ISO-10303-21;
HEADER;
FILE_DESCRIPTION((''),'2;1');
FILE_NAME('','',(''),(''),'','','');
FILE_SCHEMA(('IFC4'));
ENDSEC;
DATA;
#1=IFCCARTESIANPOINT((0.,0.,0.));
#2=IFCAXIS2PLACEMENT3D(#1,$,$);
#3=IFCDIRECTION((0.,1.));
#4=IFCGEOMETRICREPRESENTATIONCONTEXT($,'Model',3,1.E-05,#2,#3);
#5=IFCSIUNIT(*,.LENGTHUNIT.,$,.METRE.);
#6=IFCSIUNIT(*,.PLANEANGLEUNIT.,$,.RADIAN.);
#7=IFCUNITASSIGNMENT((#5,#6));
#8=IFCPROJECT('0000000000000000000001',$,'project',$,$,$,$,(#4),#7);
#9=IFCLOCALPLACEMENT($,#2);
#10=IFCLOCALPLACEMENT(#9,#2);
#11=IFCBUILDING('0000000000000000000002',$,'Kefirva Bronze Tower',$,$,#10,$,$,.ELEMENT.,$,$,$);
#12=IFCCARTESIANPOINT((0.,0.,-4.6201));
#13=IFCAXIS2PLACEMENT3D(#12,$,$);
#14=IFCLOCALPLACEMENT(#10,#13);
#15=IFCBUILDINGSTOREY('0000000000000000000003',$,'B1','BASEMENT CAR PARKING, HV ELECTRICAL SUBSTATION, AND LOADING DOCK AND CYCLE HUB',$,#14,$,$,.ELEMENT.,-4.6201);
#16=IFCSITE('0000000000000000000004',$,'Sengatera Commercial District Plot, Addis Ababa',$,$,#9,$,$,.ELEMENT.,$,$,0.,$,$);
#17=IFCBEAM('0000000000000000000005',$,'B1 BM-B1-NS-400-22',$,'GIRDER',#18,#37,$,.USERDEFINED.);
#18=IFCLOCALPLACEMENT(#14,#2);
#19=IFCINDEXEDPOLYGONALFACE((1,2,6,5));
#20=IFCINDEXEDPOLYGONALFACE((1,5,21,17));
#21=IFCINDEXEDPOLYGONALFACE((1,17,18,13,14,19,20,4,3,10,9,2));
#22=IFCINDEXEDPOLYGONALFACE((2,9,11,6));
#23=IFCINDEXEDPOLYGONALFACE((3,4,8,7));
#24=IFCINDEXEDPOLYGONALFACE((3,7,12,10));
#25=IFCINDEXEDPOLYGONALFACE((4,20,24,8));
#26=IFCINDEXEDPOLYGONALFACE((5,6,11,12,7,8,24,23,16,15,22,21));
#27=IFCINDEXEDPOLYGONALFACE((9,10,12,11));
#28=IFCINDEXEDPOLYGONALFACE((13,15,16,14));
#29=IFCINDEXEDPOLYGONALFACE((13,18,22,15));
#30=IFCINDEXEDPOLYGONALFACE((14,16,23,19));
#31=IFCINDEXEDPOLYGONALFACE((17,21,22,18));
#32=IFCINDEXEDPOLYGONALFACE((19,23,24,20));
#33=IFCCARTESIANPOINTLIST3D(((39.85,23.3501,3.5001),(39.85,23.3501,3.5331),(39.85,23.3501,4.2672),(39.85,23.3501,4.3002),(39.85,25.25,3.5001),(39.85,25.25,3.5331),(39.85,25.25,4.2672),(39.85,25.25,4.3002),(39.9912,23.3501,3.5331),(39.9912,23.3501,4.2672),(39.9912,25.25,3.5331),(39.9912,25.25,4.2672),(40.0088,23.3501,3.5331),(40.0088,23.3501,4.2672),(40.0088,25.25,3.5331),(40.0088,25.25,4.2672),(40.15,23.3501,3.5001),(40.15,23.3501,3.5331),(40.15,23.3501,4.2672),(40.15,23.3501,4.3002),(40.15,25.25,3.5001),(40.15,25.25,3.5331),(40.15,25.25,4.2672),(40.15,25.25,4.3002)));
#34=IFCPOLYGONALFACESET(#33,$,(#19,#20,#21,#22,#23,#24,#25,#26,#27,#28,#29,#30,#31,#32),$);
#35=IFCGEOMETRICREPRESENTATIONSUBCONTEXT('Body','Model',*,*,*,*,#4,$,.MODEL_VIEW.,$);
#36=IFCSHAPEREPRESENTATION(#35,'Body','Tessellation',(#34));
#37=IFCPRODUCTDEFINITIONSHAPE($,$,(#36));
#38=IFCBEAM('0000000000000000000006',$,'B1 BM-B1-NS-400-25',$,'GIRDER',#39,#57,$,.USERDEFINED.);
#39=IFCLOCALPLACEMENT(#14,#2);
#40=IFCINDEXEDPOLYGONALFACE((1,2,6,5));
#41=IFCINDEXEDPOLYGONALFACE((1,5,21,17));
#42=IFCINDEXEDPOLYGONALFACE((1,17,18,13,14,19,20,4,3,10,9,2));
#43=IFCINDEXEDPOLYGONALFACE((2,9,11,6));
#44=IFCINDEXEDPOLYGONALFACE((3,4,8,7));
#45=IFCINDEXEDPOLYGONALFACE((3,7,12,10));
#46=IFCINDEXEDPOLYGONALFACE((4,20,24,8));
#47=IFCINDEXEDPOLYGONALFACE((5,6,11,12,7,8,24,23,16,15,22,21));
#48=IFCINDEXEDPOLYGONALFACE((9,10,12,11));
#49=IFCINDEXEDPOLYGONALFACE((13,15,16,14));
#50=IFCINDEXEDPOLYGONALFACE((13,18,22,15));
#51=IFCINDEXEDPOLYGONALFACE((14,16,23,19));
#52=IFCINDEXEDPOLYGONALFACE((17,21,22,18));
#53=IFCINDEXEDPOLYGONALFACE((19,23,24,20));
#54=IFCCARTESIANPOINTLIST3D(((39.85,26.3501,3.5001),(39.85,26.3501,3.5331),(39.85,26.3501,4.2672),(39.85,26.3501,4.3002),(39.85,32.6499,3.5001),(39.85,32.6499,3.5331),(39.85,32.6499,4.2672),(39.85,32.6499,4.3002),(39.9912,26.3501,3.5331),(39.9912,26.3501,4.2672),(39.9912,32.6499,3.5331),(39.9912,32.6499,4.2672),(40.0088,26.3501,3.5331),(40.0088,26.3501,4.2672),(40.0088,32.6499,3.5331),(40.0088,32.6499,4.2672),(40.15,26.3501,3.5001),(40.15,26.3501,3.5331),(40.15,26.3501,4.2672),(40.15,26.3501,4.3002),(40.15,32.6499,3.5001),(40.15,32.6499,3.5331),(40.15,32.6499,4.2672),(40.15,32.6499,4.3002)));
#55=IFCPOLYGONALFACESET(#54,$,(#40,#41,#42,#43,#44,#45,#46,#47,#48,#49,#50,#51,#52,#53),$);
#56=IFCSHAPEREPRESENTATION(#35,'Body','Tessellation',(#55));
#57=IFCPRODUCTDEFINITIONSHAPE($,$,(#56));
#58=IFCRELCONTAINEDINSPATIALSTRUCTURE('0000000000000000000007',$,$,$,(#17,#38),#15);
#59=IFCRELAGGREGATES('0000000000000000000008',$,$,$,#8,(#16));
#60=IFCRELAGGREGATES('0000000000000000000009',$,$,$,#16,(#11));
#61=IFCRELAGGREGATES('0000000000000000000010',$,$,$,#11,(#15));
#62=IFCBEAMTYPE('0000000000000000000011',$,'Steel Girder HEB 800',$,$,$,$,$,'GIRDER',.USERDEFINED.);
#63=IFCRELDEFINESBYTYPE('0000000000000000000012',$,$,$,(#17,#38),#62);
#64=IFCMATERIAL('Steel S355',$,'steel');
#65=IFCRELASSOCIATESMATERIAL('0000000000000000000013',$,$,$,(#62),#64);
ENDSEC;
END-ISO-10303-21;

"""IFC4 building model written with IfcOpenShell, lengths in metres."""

from ifc_helpers import new_model, si_unit, direction, frame, origin, origin_2d, place, context, subcontext, project, spatial, i_section, extrude, material, material_profile, profile_set, type_object, element, save


model = new_model("IFC4")

# Units and contexts
model_context = context("Model", 3, precision=1e-05, world=origin(), true_north=direction((0.0, 1.0)))
body_context = subcontext(model_context, "Body", "Model", "MODEL_VIEW")
ifc_project = project(units=[si_unit("LENGTHUNIT", "METRE"), si_unit("PLANEANGLEUNIT", "RADIAN")], contexts=[model_context])

# Site, building, storey
site_placement = place(None, origin())
site = spatial("IfcSite", under=ifc_project, at=site_placement, Name="Sengatera Commercial District Plot, Addis Ababa", CompositionType="ELEMENT", RefElevation=0.0)
building_placement = place(site_placement, origin())
building = spatial("IfcBuilding", under=site, at=building_placement, Name="Kefirva Bronze Tower", CompositionType="ELEMENT")
storey_placement = place(building_placement, frame((0.0, 0.0, -4.6201)))
storey = spatial("IfcBuildingStorey", under=building, at=storey_placement, Name="B1", Description="BASEMENT CAR PARKING, HV ELECTRICAL SUBSTATION, AND LOADING DOCK AND CYCLE HUB", CompositionType="ELEMENT", Elevation=-4.6201)

# Beams
ifc_material_1 = material(Name="Steel S355", Category="steel")
ifc_material_profile_1 = material_profile(ifc_material_1, i_section(OverallWidth=0.3, OverallDepth=0.8, WebThickness=0.0176, FlangeThickness=0.033, at=origin_2d()), Name="HEB 800")
ifc_profile_set_1 = profile_set([ifc_material_profile_1], Name="Steel S355")
beam_type_1 = type_object("IfcBeamType", Name="Steel Girder HEB 800", ElementType="GIRDER", PredefinedType="USERDEFINED", material=ifc_profile_set_1)
beam_1_placement = place(storey_placement, frame((40.0, 23.3501, 3.9001), z_axis=(0.0, 1.0, 0.0), x_axis=(-1.0, 0.0, 0.0)))
element("IfcBeam", 1, at=beam_1_placement, inside=storey, type_object=beam_type_1, Name="B1 BM-B1-NS-400-22", ObjectType="GIRDER", PredefinedType="USERDEFINED", context=body_context, shape_type="SweptSolid", body=[
    extrude(i_section(OverallWidth=0.3, OverallDepth=0.8, WebThickness=0.0176, FlangeThickness=0.033, at=origin_2d()), origin(), (0.0, 0.0, 1.0), 1.8999),
])
beam_2_placement = place(storey_placement, frame((40.0, 26.3501, 3.9001), z_axis=(0.0, 1.0, 0.0), x_axis=(-1.0, 0.0, 0.0)))
element("IfcBeam", 2, at=beam_2_placement, inside=storey, type_object=beam_type_1, Name="B1 BM-B1-NS-400-25", ObjectType="GIRDER", PredefinedType="USERDEFINED", context=body_context, shape_type="SweptSolid", body=[
    extrude(i_section(OverallWidth=0.3, OverallDepth=0.8, WebThickness=0.0176, FlangeThickness=0.033, at=origin_2d()), origin(), (0.0, 0.0, 1.0), 6.2998),
])

save(model, "model.ifc")
